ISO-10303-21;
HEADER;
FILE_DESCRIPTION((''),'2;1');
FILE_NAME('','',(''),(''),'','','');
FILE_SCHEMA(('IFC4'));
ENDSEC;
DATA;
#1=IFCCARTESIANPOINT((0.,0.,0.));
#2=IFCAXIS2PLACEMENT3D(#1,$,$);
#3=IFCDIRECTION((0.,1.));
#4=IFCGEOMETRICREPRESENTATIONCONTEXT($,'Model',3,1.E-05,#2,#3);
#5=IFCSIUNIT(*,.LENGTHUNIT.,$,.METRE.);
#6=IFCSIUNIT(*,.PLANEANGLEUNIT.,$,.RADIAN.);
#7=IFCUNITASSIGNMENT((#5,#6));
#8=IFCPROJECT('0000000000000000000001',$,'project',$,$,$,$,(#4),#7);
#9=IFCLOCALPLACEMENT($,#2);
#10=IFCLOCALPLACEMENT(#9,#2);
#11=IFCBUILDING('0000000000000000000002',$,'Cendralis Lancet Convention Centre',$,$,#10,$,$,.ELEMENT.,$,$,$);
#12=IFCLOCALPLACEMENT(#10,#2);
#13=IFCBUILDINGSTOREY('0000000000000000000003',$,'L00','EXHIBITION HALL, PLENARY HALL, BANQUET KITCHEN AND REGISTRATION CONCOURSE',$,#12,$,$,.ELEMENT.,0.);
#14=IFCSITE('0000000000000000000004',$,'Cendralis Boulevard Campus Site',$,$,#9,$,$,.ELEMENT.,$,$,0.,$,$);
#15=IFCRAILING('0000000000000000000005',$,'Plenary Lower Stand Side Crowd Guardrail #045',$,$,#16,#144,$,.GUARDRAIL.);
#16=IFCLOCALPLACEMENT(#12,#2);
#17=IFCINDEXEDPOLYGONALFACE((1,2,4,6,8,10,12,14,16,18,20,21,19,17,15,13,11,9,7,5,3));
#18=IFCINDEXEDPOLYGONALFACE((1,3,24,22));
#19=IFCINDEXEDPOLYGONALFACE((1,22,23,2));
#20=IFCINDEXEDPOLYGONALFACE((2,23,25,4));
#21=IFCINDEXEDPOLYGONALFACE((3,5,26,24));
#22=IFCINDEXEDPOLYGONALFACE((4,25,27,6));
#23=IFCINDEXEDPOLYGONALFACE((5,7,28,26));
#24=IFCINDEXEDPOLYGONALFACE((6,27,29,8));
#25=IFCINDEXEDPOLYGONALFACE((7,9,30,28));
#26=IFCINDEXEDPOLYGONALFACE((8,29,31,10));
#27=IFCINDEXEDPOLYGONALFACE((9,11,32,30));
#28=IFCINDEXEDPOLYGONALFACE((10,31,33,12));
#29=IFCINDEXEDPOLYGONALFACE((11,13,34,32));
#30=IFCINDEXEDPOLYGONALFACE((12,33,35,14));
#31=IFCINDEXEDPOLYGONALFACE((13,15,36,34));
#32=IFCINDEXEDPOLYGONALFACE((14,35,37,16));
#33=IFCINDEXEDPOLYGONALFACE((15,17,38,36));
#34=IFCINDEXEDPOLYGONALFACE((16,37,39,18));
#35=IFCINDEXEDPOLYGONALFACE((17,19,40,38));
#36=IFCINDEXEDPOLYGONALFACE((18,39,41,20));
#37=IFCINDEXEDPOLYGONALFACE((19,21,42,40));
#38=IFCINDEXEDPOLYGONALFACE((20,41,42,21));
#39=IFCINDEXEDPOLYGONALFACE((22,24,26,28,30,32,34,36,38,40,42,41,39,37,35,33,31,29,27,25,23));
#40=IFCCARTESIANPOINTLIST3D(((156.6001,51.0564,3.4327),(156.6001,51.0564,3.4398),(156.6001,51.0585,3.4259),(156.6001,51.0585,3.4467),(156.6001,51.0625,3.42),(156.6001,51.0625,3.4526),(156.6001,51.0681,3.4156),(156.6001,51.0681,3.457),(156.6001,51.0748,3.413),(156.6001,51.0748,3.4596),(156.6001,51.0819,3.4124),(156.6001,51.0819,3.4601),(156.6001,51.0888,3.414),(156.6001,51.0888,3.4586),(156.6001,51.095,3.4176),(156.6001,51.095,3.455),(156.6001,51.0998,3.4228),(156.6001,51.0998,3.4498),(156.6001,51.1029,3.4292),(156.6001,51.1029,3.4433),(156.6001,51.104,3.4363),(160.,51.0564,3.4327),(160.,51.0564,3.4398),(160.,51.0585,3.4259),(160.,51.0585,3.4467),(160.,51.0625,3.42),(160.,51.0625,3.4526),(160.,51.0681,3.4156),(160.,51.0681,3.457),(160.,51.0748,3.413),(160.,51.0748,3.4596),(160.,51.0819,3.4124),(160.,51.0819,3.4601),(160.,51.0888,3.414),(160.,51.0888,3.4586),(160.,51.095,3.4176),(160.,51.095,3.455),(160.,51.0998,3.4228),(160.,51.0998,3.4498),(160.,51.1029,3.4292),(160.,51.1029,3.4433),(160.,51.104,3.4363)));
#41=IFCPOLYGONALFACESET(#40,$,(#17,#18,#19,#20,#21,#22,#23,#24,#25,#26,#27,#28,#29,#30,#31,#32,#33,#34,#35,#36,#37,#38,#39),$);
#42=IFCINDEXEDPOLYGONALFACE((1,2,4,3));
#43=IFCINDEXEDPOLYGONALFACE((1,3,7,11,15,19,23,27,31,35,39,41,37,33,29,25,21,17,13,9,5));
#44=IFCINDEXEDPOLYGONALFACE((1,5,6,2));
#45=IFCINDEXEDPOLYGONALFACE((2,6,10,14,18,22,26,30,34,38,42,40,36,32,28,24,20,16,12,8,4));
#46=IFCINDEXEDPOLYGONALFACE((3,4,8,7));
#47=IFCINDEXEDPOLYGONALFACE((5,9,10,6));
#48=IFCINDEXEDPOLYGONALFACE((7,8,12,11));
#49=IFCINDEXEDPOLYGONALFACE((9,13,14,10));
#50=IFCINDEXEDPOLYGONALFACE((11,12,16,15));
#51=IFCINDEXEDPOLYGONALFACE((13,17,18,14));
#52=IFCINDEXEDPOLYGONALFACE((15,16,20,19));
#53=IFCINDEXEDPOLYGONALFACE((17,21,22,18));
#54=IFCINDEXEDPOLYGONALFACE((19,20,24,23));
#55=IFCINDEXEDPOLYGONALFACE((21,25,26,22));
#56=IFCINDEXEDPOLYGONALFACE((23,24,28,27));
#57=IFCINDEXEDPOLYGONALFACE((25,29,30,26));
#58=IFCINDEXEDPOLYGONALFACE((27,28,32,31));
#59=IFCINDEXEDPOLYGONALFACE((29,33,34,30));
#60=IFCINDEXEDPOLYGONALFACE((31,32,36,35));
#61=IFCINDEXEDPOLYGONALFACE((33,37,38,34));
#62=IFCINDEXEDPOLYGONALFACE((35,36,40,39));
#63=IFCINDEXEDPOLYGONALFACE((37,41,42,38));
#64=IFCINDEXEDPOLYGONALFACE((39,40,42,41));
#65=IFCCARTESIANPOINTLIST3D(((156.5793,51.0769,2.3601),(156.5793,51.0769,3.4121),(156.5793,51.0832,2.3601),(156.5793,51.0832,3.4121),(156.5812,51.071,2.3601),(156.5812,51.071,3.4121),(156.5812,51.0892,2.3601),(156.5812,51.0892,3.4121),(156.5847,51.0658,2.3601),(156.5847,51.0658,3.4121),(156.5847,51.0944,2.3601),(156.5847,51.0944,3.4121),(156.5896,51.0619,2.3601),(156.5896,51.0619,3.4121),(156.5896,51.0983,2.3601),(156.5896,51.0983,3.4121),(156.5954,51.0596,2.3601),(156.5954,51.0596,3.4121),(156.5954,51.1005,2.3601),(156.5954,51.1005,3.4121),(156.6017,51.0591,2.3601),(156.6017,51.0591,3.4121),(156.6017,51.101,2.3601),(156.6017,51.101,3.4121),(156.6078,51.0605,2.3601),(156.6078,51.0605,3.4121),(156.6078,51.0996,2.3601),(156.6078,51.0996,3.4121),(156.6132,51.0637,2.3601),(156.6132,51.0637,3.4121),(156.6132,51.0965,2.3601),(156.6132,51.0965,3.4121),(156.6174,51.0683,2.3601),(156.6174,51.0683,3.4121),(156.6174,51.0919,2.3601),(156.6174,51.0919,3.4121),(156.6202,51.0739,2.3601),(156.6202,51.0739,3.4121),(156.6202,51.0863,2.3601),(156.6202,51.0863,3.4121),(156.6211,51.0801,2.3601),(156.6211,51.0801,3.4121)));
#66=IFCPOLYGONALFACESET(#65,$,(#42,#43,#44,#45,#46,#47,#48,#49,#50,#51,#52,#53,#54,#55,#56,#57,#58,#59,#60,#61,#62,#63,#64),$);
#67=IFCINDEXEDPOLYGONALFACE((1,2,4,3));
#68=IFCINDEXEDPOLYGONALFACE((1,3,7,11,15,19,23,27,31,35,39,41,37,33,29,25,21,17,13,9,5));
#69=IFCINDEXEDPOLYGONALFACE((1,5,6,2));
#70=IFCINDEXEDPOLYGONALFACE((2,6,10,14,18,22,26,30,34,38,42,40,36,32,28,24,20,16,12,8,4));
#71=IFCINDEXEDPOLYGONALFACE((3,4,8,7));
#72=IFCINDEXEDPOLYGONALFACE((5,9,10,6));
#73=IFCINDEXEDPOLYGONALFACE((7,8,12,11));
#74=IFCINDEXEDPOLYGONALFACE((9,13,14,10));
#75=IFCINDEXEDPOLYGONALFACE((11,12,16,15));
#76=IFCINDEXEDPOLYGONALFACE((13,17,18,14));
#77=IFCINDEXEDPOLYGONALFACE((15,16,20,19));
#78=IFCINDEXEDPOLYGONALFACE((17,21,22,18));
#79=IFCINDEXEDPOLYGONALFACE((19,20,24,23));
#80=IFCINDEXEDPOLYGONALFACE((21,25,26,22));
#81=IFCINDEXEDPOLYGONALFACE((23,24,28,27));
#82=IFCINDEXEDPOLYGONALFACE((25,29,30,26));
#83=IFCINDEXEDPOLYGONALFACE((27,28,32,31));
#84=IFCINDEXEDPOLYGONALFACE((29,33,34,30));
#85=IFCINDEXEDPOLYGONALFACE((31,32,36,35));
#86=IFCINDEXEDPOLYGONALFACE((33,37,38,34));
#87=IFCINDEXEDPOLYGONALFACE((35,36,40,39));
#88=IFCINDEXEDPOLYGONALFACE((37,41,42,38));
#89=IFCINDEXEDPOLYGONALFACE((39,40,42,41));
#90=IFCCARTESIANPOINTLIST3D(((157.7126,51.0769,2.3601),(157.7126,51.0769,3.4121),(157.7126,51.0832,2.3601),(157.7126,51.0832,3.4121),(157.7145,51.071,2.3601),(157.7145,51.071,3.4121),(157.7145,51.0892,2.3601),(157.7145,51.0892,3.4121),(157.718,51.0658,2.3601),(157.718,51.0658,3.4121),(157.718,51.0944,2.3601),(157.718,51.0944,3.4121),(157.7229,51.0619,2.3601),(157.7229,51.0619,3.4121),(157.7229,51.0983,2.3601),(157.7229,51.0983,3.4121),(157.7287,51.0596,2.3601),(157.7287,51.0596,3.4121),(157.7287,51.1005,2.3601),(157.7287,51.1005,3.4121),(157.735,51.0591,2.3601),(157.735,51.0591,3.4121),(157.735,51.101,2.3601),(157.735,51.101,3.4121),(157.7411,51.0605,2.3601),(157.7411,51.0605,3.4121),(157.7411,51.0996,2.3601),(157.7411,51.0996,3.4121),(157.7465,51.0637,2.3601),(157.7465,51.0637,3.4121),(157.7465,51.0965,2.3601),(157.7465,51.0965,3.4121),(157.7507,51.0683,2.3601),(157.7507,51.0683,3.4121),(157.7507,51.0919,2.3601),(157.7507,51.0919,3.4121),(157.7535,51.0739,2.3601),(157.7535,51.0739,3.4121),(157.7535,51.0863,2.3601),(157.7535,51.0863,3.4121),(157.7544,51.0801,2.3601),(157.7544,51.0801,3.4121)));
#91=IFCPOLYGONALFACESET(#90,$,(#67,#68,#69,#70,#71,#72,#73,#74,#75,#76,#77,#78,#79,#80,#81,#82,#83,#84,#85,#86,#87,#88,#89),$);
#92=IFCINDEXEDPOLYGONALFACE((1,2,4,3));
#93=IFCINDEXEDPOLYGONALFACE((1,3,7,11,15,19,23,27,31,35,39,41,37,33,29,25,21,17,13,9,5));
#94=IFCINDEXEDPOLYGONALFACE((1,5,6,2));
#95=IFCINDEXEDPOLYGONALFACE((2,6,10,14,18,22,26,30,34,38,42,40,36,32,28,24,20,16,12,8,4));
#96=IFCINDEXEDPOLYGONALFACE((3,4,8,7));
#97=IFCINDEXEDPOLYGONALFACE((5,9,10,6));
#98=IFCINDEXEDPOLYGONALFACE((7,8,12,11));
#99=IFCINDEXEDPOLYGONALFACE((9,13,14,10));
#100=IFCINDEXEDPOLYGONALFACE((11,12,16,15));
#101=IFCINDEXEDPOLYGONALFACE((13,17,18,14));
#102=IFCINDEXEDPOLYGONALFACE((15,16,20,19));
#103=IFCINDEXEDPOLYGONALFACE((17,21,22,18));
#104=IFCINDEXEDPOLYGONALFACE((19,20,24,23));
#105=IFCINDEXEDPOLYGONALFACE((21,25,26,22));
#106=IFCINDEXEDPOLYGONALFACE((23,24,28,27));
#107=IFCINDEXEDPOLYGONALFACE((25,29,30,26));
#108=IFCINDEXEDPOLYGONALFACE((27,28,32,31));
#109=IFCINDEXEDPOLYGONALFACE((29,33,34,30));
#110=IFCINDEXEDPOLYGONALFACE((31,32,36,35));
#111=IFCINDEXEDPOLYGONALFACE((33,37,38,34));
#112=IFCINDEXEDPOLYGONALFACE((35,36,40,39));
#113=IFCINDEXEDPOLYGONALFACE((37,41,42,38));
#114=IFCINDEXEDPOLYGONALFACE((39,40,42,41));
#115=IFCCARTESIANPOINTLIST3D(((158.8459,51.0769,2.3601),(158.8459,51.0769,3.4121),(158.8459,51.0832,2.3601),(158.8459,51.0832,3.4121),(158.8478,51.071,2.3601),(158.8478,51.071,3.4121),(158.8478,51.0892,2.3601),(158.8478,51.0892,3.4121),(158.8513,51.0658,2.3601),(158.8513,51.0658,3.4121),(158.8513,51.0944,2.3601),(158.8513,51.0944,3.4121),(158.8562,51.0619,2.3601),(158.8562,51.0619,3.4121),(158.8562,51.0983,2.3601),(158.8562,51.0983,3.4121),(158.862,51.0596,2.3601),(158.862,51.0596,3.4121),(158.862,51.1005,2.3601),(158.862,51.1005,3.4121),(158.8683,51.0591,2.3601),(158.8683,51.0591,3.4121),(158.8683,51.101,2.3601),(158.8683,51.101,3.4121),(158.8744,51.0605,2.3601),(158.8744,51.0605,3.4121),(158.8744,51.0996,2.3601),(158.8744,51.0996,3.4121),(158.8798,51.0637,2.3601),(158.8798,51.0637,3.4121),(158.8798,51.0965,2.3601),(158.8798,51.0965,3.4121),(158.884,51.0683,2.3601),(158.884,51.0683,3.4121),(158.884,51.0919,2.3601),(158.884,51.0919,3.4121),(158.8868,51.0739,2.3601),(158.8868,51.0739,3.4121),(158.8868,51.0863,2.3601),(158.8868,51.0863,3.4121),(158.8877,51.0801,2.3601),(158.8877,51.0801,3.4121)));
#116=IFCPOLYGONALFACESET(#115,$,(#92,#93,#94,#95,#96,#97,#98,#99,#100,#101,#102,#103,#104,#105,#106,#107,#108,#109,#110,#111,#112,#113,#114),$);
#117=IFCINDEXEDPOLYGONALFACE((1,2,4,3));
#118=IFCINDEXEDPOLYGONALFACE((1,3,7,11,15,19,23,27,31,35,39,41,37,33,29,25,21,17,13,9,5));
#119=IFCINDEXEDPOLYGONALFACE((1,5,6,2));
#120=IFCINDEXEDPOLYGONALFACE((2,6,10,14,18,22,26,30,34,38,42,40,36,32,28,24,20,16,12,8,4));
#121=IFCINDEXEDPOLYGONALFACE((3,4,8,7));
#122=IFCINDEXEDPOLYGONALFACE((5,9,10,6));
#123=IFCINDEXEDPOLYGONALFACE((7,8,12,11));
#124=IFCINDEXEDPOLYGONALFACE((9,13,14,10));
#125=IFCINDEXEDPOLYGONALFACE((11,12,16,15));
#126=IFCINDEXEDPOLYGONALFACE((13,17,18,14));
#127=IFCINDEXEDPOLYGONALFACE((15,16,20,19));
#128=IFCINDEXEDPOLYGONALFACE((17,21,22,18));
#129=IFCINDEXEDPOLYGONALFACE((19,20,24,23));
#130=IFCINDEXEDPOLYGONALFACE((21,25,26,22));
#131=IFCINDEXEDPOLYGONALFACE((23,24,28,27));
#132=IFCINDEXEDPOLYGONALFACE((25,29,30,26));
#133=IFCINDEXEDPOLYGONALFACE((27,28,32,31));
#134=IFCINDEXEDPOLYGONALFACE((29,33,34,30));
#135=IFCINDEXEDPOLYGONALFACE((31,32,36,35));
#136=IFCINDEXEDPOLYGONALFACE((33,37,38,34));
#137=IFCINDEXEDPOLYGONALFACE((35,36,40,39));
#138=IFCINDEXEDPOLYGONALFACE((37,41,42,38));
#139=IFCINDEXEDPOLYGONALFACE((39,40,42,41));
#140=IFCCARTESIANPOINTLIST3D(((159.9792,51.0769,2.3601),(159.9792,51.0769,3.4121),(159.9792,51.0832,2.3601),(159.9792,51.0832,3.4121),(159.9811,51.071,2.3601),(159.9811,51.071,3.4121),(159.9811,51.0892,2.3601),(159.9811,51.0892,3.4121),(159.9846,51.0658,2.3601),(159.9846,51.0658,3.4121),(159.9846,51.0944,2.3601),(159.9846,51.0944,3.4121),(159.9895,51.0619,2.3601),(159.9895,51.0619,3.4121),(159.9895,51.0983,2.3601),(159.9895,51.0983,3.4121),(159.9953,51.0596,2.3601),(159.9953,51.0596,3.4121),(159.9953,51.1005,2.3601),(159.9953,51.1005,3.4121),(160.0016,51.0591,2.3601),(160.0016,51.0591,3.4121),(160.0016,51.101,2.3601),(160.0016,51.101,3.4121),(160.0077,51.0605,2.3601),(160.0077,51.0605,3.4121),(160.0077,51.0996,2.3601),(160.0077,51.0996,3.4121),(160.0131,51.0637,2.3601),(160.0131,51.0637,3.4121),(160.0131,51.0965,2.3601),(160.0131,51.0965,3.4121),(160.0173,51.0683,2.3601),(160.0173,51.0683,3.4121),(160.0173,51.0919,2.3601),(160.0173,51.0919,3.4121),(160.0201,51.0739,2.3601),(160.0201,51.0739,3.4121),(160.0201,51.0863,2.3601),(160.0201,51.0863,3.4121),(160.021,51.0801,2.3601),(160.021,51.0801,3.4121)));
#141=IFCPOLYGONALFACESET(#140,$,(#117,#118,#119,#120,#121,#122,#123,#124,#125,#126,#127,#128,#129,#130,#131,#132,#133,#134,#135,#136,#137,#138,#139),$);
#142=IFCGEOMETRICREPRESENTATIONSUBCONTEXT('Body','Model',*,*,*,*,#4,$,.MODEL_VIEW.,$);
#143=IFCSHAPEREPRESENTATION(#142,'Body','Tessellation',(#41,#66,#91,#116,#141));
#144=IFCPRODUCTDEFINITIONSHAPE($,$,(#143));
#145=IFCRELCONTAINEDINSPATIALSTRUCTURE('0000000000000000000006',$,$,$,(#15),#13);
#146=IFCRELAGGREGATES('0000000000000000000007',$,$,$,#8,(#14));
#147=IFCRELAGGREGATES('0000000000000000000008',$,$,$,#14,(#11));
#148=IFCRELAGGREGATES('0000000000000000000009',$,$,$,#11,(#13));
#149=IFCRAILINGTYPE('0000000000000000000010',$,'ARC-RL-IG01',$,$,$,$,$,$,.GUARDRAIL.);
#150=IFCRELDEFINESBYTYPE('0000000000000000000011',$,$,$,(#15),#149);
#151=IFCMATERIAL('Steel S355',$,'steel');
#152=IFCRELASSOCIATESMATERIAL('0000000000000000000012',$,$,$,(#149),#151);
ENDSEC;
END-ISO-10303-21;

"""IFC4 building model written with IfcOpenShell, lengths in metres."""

from ifc_helpers import new_model, si_unit, direction, frame, origin, origin_2d, place, context, subcontext, project, spatial, circle, extrude, material, type_object, element, save


model = new_model("IFC4")

# Units and contexts
model_context = context("Model", 3, precision=1e-05, world=origin(), true_north=direction((0.0, 1.0)))
body_context = subcontext(model_context, "Body", "Model", "MODEL_VIEW")
ifc_project = project(units=[si_unit("LENGTHUNIT", "METRE"), si_unit("PLANEANGLEUNIT", "RADIAN")], contexts=[model_context])

# Site, building, storey
site_placement = place(None, origin())
site = spatial("IfcSite", under=ifc_project, at=site_placement, Name="Cendralis Boulevard Campus Site", CompositionType="ELEMENT", RefElevation=0.0)
building_placement = place(site_placement, origin())
building = spatial("IfcBuilding", under=site, at=building_placement, Name="Cendralis Lancet Convention Centre", CompositionType="ELEMENT")
storey_placement = place(building_placement, origin())
storey = spatial("IfcBuildingStorey", under=building, at=storey_placement, Name="L00", Description="EXHIBITION HALL, PLENARY HALL, BANQUET KITCHEN AND REGISTRATION CONCOURSE", CompositionType="ELEMENT", Elevation=0.0)

# Railing
ifc_material_1 = material(Name="Steel S355", Category="steel")
railing_type = type_object("IfcRailingType", Name="ARC-RL-IG01", PredefinedType="GUARDRAIL", material=ifc_material_1)
for number, where, name in (
    (1, (156.6001, 51.0801, 2.3601), "Plenary Lower Stand Side Crowd Guardrail #045"),
):
    element("IfcRailing", number, at=place(storey_placement, frame(where)), inside=storey, type_object=railing_type, Name=name, PredefinedType="GUARDRAIL", context=body_context, shape_type="SweptSolid", body=[
        extrude(circle(Radius=0.0239, at=origin_2d()), frame((0.0, 0.0, 1.0762), z_axis=(1.0, 0.0, 0.0), x_axis=(0.0, 1.0, 0.0)), (0.0, 0.0, 1.0), 3.3999),
        extrude(circle(Radius=0.021, at=origin_2d()), origin(), (0.0, 0.0, 1.0), 1.052),
        extrude(circle(Radius=0.021, at=origin_2d()), frame((1.1333, 0.0, 0.0)), (0.0, 0.0, 1.0), 1.052),
        extrude(circle(Radius=0.021, at=origin_2d()), frame((2.2666, 0.0, 0.0)), (0.0, 0.0, 1.0), 1.052),
        extrude(circle(Radius=0.021, at=origin_2d()), frame((3.3999, 0.0, 0.0)), (0.0, 0.0, 1.0), 1.052),
    ])

save(model, "model.ifc")
